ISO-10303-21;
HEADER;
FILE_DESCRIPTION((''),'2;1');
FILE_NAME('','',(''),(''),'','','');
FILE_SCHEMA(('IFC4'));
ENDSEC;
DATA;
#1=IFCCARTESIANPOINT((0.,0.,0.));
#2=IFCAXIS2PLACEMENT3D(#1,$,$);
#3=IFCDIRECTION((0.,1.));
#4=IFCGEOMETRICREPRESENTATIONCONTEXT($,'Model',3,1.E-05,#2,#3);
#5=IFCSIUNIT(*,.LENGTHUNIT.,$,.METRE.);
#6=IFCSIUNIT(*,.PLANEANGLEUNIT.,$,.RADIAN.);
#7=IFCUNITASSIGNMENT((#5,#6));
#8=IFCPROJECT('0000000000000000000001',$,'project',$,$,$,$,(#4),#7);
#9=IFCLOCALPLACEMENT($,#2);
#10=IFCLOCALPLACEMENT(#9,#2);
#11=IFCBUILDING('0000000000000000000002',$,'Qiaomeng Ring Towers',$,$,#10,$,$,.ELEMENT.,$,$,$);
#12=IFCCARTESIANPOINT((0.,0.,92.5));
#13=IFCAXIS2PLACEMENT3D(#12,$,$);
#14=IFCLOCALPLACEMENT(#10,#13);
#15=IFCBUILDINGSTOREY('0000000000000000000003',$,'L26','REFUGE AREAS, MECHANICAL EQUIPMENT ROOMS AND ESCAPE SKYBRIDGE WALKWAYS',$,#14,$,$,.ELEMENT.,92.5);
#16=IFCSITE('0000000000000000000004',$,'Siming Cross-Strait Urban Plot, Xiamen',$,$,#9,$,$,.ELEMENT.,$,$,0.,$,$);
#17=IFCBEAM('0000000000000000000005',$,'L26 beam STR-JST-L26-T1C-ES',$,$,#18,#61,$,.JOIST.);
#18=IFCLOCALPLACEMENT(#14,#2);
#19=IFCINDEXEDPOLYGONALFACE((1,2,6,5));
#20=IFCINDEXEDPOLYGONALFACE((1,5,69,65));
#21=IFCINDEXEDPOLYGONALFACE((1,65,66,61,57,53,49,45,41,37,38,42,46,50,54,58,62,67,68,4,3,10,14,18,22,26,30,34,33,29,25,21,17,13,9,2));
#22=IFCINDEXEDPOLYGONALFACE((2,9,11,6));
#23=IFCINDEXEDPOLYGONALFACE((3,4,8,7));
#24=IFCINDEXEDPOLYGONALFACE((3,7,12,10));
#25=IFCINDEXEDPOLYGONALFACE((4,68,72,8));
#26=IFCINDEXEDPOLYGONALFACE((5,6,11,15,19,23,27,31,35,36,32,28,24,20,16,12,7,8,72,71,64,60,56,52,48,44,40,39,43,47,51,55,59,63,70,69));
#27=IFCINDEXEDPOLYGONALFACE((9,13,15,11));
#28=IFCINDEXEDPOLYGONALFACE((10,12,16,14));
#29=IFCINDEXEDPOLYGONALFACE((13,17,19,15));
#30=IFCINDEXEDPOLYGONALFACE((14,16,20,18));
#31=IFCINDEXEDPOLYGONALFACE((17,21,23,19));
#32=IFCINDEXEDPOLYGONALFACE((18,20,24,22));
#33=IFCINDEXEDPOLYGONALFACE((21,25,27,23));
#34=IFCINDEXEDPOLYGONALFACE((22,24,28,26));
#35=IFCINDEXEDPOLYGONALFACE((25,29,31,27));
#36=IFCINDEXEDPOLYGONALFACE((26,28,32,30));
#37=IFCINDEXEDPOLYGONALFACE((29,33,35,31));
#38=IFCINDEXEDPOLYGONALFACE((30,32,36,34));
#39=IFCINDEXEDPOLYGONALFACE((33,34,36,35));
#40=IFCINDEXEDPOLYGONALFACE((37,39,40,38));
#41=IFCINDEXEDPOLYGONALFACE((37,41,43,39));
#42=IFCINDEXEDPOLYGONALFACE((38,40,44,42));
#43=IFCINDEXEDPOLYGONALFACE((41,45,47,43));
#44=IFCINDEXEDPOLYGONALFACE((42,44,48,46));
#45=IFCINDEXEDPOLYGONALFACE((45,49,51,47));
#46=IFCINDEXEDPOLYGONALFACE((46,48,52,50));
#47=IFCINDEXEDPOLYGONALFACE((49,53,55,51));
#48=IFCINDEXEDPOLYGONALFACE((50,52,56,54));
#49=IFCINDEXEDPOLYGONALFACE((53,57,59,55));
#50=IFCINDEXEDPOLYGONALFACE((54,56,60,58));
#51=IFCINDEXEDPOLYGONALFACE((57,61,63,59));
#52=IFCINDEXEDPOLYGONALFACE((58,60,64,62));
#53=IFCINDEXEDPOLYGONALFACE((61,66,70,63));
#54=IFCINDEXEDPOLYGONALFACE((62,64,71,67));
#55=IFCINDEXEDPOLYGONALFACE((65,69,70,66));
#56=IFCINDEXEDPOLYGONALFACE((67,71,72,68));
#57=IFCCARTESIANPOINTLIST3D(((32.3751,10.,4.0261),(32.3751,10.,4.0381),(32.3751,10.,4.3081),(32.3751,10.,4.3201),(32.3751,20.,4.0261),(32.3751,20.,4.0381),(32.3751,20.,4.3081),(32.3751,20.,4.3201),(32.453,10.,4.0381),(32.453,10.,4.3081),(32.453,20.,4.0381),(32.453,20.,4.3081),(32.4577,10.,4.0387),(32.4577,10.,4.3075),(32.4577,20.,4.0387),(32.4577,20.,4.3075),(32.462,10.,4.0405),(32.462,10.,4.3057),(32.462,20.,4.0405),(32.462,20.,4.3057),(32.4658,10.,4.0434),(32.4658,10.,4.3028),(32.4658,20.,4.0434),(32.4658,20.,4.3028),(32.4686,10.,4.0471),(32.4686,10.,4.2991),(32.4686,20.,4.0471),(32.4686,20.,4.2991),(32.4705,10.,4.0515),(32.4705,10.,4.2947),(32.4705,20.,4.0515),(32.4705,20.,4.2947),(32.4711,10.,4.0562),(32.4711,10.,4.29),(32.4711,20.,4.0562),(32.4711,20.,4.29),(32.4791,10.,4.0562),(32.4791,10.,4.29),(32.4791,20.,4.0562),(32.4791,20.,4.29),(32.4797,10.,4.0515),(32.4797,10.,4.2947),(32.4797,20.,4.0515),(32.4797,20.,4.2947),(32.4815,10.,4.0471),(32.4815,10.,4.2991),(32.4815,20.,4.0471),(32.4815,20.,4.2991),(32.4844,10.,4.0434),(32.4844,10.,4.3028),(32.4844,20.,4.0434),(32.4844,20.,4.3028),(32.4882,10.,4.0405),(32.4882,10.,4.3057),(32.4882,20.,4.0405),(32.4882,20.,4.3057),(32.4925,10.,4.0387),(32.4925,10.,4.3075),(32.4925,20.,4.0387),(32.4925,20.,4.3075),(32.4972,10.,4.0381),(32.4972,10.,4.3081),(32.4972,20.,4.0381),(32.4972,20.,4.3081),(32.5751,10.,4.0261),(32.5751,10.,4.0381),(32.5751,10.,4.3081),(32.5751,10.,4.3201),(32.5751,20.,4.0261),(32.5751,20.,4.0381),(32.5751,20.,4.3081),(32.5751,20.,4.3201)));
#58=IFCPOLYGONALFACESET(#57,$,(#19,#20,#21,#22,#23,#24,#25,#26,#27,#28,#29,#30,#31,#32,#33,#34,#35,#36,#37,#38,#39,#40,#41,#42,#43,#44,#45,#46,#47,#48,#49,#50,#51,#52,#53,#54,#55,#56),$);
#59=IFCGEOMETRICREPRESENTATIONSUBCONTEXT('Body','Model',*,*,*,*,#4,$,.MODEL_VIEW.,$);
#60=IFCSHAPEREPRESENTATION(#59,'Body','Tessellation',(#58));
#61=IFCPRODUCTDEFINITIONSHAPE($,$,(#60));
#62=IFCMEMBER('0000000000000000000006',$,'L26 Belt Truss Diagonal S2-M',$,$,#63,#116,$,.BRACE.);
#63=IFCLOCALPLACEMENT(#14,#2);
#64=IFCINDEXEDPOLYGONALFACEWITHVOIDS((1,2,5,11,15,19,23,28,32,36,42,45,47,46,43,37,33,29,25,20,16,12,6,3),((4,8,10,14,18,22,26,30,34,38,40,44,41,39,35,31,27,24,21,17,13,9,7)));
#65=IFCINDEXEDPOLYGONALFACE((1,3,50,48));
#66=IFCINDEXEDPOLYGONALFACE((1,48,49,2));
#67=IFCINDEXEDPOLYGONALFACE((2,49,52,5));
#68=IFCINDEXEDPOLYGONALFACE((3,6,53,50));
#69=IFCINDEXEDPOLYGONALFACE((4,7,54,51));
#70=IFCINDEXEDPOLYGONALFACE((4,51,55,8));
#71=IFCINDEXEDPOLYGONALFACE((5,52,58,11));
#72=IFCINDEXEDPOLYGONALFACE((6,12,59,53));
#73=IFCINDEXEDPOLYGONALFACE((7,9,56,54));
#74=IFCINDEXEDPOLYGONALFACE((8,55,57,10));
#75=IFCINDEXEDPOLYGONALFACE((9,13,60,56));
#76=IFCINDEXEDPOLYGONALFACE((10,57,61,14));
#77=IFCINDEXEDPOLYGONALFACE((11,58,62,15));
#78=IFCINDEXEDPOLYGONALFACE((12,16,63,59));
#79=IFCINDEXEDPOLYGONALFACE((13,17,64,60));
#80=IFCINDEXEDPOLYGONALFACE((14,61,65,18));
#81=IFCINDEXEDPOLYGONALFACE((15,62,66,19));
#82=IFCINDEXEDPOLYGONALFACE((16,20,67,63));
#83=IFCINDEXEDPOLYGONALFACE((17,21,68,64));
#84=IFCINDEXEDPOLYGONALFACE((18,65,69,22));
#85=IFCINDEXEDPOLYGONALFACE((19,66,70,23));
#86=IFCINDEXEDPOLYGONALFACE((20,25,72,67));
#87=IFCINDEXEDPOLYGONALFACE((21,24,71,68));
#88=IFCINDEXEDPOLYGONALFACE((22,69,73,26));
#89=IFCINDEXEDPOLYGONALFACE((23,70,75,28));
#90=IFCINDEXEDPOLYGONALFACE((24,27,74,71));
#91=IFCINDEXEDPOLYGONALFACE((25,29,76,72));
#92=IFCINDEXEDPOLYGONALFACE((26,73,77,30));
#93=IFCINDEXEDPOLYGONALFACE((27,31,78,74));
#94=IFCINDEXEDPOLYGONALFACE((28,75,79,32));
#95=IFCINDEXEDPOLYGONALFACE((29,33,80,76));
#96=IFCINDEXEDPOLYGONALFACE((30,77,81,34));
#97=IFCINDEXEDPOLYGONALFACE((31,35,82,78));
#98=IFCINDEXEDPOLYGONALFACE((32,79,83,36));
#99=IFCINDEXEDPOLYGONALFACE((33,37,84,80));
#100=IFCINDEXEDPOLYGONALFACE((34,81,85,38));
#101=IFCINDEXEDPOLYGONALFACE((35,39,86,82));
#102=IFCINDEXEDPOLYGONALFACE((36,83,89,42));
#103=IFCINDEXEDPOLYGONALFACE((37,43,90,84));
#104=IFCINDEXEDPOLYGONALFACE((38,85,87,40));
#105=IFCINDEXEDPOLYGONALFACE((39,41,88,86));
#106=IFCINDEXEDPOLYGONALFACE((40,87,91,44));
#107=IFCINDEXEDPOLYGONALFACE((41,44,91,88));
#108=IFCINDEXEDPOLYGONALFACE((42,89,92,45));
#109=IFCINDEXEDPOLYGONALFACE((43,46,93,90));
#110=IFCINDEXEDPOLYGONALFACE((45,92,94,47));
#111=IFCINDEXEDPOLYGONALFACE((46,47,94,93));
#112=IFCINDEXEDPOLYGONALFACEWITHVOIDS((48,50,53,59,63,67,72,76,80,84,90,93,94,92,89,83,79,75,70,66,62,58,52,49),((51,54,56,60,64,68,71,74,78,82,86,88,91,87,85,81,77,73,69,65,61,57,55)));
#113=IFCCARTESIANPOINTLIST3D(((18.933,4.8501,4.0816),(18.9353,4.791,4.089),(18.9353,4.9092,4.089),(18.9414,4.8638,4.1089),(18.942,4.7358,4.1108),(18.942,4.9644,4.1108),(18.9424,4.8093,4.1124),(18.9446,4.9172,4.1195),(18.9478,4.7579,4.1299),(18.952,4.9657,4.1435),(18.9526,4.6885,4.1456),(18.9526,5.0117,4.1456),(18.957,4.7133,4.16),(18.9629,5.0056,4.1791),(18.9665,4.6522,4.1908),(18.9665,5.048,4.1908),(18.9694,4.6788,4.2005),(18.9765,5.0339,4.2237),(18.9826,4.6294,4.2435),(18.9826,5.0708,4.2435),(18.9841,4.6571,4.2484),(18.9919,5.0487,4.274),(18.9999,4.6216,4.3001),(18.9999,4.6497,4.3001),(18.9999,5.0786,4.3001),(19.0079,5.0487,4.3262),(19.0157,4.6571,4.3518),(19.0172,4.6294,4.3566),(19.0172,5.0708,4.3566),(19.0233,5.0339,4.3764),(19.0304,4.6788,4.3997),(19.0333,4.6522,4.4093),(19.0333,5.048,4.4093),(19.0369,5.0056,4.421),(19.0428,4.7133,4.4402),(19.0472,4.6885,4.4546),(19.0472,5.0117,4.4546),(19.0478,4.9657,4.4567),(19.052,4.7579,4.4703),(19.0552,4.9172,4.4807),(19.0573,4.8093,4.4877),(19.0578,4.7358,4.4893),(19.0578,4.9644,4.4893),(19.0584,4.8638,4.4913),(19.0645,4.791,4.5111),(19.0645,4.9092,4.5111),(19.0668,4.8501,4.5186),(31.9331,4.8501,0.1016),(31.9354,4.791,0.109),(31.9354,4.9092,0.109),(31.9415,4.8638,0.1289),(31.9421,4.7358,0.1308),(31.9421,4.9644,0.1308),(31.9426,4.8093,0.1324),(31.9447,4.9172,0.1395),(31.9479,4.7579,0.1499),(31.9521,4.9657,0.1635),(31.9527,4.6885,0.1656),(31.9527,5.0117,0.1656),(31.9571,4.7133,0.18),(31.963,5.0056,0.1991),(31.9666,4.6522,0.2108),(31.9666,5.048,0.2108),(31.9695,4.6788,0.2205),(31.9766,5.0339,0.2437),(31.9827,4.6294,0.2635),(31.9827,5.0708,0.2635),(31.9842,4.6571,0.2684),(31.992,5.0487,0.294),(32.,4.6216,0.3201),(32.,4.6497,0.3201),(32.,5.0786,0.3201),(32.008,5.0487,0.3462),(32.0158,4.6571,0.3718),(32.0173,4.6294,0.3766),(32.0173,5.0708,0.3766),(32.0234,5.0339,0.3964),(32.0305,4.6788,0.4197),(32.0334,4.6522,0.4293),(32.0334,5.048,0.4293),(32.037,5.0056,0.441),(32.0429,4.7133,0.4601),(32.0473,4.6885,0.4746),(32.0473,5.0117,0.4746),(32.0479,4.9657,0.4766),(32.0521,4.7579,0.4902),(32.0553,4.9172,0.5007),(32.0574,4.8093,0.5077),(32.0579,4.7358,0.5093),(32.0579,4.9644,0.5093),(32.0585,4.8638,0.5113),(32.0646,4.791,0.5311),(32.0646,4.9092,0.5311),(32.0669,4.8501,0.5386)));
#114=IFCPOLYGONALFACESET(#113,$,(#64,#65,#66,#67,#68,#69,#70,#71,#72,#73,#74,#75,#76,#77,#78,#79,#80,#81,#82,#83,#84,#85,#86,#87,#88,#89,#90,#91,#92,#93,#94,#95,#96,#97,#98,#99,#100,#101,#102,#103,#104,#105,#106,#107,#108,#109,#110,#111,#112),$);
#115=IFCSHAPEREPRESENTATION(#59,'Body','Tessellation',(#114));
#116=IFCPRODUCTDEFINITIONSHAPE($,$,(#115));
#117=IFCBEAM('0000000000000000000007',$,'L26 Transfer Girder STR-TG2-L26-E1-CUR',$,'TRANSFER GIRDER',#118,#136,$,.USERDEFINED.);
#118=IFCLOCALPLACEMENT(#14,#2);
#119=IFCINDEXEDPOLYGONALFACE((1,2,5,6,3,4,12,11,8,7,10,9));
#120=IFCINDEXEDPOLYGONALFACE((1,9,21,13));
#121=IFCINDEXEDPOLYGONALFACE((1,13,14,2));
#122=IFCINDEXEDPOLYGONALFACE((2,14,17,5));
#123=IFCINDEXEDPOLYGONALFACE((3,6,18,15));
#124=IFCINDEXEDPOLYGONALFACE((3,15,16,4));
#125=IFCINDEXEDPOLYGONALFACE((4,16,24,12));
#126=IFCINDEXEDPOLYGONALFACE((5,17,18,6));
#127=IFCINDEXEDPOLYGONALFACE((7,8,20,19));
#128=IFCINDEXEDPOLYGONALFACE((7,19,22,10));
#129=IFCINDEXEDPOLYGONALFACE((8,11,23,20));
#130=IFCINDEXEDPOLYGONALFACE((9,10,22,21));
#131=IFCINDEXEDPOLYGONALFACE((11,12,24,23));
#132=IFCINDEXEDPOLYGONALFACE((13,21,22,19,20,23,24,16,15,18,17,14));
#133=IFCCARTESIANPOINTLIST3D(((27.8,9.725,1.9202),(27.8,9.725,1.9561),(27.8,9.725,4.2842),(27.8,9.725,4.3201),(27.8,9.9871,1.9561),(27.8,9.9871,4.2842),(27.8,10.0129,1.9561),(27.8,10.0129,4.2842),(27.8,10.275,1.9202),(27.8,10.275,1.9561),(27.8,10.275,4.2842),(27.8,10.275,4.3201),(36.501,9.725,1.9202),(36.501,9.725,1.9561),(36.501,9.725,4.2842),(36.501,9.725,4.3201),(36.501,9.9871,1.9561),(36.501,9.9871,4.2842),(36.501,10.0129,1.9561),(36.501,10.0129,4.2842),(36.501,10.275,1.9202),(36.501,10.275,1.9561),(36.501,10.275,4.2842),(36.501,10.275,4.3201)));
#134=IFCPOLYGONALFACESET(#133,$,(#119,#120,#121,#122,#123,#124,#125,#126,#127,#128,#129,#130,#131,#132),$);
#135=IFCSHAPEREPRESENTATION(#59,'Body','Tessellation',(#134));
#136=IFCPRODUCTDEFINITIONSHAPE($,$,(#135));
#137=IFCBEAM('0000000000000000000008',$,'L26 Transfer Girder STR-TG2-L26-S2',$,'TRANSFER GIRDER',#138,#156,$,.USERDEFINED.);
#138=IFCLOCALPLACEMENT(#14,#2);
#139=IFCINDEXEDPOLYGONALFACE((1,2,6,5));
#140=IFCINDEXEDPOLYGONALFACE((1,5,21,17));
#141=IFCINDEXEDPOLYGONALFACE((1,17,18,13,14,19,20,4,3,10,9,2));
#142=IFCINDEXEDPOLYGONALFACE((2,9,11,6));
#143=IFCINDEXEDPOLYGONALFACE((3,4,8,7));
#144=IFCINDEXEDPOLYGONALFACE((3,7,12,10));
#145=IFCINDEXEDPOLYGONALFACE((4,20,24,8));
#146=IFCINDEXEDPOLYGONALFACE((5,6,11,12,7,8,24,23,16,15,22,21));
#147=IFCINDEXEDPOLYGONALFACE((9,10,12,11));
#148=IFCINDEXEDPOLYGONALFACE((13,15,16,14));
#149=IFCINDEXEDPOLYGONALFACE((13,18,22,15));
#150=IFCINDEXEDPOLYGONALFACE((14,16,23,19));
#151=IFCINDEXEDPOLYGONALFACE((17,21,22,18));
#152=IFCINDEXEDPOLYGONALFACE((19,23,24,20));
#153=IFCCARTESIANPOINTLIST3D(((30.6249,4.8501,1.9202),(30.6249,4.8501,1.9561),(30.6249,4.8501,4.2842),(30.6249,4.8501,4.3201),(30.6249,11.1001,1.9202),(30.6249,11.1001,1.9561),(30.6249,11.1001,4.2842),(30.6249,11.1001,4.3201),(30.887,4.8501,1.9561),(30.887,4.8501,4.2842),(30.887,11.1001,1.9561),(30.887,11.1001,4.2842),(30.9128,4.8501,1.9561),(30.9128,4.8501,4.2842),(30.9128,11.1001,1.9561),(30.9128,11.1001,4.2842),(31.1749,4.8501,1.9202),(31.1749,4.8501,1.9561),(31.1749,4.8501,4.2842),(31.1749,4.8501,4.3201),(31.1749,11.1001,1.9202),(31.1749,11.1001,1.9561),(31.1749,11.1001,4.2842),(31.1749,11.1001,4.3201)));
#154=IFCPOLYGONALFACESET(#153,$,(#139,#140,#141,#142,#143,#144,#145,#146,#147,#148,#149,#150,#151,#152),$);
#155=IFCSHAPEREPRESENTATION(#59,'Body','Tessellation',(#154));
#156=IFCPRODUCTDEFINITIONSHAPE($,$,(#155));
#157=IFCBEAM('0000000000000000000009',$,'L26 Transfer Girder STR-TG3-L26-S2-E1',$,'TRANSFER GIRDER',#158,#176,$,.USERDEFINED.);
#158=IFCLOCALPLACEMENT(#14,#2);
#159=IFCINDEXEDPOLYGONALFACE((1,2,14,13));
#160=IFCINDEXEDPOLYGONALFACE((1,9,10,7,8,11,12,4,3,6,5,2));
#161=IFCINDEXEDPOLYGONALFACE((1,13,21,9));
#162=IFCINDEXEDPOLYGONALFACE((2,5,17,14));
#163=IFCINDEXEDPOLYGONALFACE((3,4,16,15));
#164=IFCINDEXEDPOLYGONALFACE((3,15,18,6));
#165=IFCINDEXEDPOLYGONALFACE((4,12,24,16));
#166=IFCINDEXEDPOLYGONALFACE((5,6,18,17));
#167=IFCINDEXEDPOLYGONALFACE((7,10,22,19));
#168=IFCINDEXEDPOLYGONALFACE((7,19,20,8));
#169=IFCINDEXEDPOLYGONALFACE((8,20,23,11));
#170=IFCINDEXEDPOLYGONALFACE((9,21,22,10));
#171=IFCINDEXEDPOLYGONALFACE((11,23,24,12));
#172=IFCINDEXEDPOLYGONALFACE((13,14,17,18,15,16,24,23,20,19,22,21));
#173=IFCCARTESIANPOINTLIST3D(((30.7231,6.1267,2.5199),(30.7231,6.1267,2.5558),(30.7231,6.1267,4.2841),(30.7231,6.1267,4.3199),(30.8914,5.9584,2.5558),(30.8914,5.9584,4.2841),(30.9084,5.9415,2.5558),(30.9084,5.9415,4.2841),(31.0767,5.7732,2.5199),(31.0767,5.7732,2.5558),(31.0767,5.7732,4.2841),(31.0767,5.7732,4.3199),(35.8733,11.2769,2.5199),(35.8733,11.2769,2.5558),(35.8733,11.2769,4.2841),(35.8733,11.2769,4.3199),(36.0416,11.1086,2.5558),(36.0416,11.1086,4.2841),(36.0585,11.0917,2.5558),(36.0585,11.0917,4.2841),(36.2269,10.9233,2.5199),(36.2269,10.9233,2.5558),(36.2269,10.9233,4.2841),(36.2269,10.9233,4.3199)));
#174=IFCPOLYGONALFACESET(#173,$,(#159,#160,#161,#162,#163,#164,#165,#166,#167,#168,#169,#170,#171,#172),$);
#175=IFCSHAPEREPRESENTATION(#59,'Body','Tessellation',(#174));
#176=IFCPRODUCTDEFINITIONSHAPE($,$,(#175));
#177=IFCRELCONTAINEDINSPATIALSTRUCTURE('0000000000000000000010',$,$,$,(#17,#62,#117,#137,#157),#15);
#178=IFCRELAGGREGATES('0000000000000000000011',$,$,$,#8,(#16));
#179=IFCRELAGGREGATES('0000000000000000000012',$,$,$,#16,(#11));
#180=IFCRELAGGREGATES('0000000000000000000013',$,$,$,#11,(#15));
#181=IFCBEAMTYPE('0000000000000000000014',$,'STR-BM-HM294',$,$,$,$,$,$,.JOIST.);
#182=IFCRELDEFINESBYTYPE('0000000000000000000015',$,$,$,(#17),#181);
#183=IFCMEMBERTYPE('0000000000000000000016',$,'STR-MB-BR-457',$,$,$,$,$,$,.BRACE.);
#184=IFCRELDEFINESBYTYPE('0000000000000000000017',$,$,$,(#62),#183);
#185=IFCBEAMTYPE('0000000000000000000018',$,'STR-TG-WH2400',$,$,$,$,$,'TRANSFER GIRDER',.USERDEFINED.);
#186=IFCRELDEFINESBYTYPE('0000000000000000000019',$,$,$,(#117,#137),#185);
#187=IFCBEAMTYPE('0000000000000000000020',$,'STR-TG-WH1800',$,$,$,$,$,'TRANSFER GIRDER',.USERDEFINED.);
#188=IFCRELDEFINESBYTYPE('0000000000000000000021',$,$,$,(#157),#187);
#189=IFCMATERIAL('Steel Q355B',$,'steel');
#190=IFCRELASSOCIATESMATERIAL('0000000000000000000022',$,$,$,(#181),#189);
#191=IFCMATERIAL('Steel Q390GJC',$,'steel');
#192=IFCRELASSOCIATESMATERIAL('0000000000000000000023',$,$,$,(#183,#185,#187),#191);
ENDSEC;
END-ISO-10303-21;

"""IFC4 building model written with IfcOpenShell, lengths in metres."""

from ifc_helpers import new_model, si_unit, direction, frame, origin, origin_2d, place, context, subcontext, project, spatial, hollow_circle, i_section, extrude, source, transform, mapped, material, material_profile, profile_set, type_object, element, save


model = new_model("IFC4")

# Units and contexts
model_context = context("Model", 3, precision=1e-05, world=origin(), true_north=direction((0.0, 1.0)))
body_context = subcontext(model_context, "Body", "Model", "MODEL_VIEW")
ifc_project = project(units=[si_unit("LENGTHUNIT", "METRE"), si_unit("PLANEANGLEUNIT", "RADIAN")], contexts=[model_context])

# Site, building, storey
site_placement = place(None, origin())
site = spatial("IfcSite", under=ifc_project, at=site_placement, Name="Siming Cross-Strait Urban Plot, Xiamen", CompositionType="ELEMENT", RefElevation=0.0)
building_placement = place(site_placement, origin())
building = spatial("IfcBuilding", under=site, at=building_placement, Name="Qiaomeng Ring Towers", CompositionType="ELEMENT")
storey_placement = place(building_placement, frame((0.0, 0.0, 92.5)))
storey = spatial("IfcBuildingStorey", under=building, at=storey_placement, Name="L26", Description="REFUGE AREAS, MECHANICAL EQUIPMENT ROOMS AND ESCAPE SKYBRIDGE WALKWAYS", CompositionType="ELEMENT", Elevation=92.5)

# Beam
ifc_material_1 = material(Name="Steel Q355B", Category="steel")
ifc_material_profile_1 = material_profile(ifc_material_1, i_section(OverallWidth=0.2, OverallDepth=0.2939, WebThickness=0.0081, FlangeThickness=0.012, FilletRadius=0.0181, at=origin_2d()), Name="HM 294x200x8x12")
ifc_profile_set_1 = profile_set([ifc_material_profile_1], Name="Steel Q355B")
beam_type_1 = type_object("IfcBeamType", Name="STR-BM-HM294", PredefinedType="JOIST", material=ifc_profile_set_1)
shared_shape_1 = source(origin(), body_context, "Body", "SweptSolid", [
    extrude(i_section(OverallWidth=0.2, OverallDepth=0.2939, WebThickness=0.0081, FlangeThickness=0.012, FilletRadius=0.0181, at=origin_2d()), origin(), (0.0, 0.0, 1.0), 10.0),
])
beam_1_placement = place(storey_placement, frame((32.4751, 10.0, 4.1731), z_axis=(0.0, 1.0, 0.0), x_axis=(-1.0, 0.0, 0.0)))
element("IfcBeam", 1, at=beam_1_placement, inside=storey, type_object=beam_type_1, Name="L26 beam STR-JST-L26-T1C-ES", PredefinedType="JOIST", context=body_context, shape_type="MappedRepresentation", body=[
    mapped(shared_shape_1, transform((0.0, 0.0, 0.0), x_axis=(1.0, 0.0, 0.0), y_axis=(0.0, 1.0, 0.0), z_axis=(0.0, 0.0, 1.0), scale=1.0)),
])

# Member
ifc_material_2 = material(Name="Steel Q390GJC", Category="steel")
ifc_material_profile_2 = material_profile(ifc_material_2, hollow_circle(Radius=0.2285, WallThickness=0.0281, at=origin_2d()), Name="CHS 457x28")
ifc_profile_set_2 = profile_set([ifc_material_profile_2], Name="Steel Q390GJC")
member_type = type_object("IfcMemberType", Name="STR-MB-BR-457", PredefinedType="BRACE", material=ifc_profile_set_2)
shared_shape_2 = source(origin(), body_context, "Body", "SweptSolid", [
    extrude(hollow_circle(Radius=0.2285, WallThickness=0.0281, at=origin_2d()), origin(), (0.0, 0.0, 1.0), 13.5957),
])
member_1_placement = place(storey_placement, frame((32.0, 4.8501, 0.3201), z_axis=(-0.956192, 0.0, 0.29274), x_axis=(0.0, -1.0, 0.0)))
element("IfcMember", 2, at=member_1_placement, inside=storey, type_object=member_type, Name="L26 Belt Truss Diagonal S2-M", PredefinedType="BRACE", context=body_context, shape_type="MappedRepresentation", body=[
    mapped(shared_shape_2, transform((0.0, 0.0, 0.0), x_axis=(1.0, 0.0, 0.0), y_axis=(0.0, 1.0, 0.0), z_axis=(0.0, 0.0, 1.0), scale=1.0)),
])

# Beams
ifc_material_profile_3 = material_profile(ifc_material_2, i_section(OverallWidth=0.55, OverallDepth=2.3999, WebThickness=0.0259, FlangeThickness=0.0359, at=origin_2d()), Name="WH 2400x550x26x36")
ifc_profile_set_3 = profile_set([ifc_material_profile_3], Name="Steel Q390GJC")
beam_type_2 = type_object("IfcBeamType", Name="STR-TG-WH2400", ElementType="TRANSFER GIRDER", PredefinedType="USERDEFINED", material=ifc_profile_set_3)
shared_shape_3 = source(origin(), body_context, "Body", "SweptSolid", [
    extrude(i_section(OverallWidth=0.55, OverallDepth=2.3999, WebThickness=0.0259, FlangeThickness=0.0359, at=origin_2d()), origin(), (0.0, 0.0, 1.0), 8.7009),
])
beam_2_placement = place(storey_placement, frame((27.8, 10.0, 3.1201), z_axis=(1.0, 0.0, 0.0), x_axis=(0.0, 1.0, 0.0)))
element("IfcBeam", 3, at=beam_2_placement, inside=storey, type_object=beam_type_2, Name="L26 Transfer Girder STR-TG2-L26-E1-CUR", ObjectType="TRANSFER GIRDER", PredefinedType="USERDEFINED", context=body_context, shape_type="MappedRepresentation", body=[
    mapped(shared_shape_3, transform((0.0, 0.0, 0.0), x_axis=(1.0, 0.0, 0.0), y_axis=(0.0, 1.0, 0.0), z_axis=(0.0, 0.0, 1.0), scale=1.0)),
])
shared_shape_4 = source(origin(), body_context, "Body", "SweptSolid", [
    extrude(i_section(OverallWidth=0.55, OverallDepth=2.3999, WebThickness=0.0259, FlangeThickness=0.0359, at=origin_2d()), origin(), (0.0, 0.0, 1.0), 6.25),
])
beam_3_placement = place(storey_placement, frame((30.8999, 4.8501, 3.1201), z_axis=(0.0, 1.0, 0.0), x_axis=(-1.0, 0.0, 0.0)))
element("IfcBeam", 4, at=beam_3_placement, inside=storey, type_object=beam_type_2, Name="L26 Transfer Girder STR-TG2-L26-S2", ObjectType="TRANSFER GIRDER", PredefinedType="USERDEFINED", context=body_context, shape_type="MappedRepresentation", body=[
    mapped(shared_shape_4, transform((0.0, 0.0, 0.0), x_axis=(1.0, 0.0, 0.0), y_axis=(0.0, 1.0, 0.0), z_axis=(0.0, 0.0, 1.0), scale=1.0)),
])
ifc_material_profile_4 = material_profile(ifc_material_2, i_section(OverallWidth=0.5, OverallDepth=1.8, WebThickness=0.0239, FlangeThickness=0.0359, at=origin_2d()), Name="WH 1800x500x24x36")
ifc_profile_set_4 = profile_set([ifc_material_profile_4], Name="Steel Q390GJC")
beam_type_3 = type_object("IfcBeamType", Name="STR-TG-WH1800", ElementType="TRANSFER GIRDER", PredefinedType="USERDEFINED", material=ifc_profile_set_4)
shared_shape_5 = source(origin(), body_context, "Body", "SweptSolid", [
    extrude(i_section(OverallWidth=0.5, OverallDepth=1.8, WebThickness=0.0239, FlangeThickness=0.0359, at=origin_2d()), origin(), (0.0, 0.0, 1.0), 7.2834),
])
beam_4_placement = place(storey_placement, frame((30.8999, 5.95, 3.4199), z_axis=(0.707107, 0.707107, 0.0), x_axis=(-0.707107, 0.707107, 0.0)))
element("IfcBeam", 5, at=beam_4_placement, inside=storey, type_object=beam_type_3, Name="L26 Transfer Girder STR-TG3-L26-S2-E1", ObjectType="TRANSFER GIRDER", PredefinedType="USERDEFINED", context=body_context, shape_type="MappedRepresentation", body=[
    mapped(shared_shape_5, transform((0.0, 0.0, 0.0), x_axis=(1.0, 0.0, 0.0), y_axis=(0.0, 1.0, 0.0), z_axis=(0.0, 0.0, 1.0), scale=1.0)),
])

save(model, "model.ifc")
